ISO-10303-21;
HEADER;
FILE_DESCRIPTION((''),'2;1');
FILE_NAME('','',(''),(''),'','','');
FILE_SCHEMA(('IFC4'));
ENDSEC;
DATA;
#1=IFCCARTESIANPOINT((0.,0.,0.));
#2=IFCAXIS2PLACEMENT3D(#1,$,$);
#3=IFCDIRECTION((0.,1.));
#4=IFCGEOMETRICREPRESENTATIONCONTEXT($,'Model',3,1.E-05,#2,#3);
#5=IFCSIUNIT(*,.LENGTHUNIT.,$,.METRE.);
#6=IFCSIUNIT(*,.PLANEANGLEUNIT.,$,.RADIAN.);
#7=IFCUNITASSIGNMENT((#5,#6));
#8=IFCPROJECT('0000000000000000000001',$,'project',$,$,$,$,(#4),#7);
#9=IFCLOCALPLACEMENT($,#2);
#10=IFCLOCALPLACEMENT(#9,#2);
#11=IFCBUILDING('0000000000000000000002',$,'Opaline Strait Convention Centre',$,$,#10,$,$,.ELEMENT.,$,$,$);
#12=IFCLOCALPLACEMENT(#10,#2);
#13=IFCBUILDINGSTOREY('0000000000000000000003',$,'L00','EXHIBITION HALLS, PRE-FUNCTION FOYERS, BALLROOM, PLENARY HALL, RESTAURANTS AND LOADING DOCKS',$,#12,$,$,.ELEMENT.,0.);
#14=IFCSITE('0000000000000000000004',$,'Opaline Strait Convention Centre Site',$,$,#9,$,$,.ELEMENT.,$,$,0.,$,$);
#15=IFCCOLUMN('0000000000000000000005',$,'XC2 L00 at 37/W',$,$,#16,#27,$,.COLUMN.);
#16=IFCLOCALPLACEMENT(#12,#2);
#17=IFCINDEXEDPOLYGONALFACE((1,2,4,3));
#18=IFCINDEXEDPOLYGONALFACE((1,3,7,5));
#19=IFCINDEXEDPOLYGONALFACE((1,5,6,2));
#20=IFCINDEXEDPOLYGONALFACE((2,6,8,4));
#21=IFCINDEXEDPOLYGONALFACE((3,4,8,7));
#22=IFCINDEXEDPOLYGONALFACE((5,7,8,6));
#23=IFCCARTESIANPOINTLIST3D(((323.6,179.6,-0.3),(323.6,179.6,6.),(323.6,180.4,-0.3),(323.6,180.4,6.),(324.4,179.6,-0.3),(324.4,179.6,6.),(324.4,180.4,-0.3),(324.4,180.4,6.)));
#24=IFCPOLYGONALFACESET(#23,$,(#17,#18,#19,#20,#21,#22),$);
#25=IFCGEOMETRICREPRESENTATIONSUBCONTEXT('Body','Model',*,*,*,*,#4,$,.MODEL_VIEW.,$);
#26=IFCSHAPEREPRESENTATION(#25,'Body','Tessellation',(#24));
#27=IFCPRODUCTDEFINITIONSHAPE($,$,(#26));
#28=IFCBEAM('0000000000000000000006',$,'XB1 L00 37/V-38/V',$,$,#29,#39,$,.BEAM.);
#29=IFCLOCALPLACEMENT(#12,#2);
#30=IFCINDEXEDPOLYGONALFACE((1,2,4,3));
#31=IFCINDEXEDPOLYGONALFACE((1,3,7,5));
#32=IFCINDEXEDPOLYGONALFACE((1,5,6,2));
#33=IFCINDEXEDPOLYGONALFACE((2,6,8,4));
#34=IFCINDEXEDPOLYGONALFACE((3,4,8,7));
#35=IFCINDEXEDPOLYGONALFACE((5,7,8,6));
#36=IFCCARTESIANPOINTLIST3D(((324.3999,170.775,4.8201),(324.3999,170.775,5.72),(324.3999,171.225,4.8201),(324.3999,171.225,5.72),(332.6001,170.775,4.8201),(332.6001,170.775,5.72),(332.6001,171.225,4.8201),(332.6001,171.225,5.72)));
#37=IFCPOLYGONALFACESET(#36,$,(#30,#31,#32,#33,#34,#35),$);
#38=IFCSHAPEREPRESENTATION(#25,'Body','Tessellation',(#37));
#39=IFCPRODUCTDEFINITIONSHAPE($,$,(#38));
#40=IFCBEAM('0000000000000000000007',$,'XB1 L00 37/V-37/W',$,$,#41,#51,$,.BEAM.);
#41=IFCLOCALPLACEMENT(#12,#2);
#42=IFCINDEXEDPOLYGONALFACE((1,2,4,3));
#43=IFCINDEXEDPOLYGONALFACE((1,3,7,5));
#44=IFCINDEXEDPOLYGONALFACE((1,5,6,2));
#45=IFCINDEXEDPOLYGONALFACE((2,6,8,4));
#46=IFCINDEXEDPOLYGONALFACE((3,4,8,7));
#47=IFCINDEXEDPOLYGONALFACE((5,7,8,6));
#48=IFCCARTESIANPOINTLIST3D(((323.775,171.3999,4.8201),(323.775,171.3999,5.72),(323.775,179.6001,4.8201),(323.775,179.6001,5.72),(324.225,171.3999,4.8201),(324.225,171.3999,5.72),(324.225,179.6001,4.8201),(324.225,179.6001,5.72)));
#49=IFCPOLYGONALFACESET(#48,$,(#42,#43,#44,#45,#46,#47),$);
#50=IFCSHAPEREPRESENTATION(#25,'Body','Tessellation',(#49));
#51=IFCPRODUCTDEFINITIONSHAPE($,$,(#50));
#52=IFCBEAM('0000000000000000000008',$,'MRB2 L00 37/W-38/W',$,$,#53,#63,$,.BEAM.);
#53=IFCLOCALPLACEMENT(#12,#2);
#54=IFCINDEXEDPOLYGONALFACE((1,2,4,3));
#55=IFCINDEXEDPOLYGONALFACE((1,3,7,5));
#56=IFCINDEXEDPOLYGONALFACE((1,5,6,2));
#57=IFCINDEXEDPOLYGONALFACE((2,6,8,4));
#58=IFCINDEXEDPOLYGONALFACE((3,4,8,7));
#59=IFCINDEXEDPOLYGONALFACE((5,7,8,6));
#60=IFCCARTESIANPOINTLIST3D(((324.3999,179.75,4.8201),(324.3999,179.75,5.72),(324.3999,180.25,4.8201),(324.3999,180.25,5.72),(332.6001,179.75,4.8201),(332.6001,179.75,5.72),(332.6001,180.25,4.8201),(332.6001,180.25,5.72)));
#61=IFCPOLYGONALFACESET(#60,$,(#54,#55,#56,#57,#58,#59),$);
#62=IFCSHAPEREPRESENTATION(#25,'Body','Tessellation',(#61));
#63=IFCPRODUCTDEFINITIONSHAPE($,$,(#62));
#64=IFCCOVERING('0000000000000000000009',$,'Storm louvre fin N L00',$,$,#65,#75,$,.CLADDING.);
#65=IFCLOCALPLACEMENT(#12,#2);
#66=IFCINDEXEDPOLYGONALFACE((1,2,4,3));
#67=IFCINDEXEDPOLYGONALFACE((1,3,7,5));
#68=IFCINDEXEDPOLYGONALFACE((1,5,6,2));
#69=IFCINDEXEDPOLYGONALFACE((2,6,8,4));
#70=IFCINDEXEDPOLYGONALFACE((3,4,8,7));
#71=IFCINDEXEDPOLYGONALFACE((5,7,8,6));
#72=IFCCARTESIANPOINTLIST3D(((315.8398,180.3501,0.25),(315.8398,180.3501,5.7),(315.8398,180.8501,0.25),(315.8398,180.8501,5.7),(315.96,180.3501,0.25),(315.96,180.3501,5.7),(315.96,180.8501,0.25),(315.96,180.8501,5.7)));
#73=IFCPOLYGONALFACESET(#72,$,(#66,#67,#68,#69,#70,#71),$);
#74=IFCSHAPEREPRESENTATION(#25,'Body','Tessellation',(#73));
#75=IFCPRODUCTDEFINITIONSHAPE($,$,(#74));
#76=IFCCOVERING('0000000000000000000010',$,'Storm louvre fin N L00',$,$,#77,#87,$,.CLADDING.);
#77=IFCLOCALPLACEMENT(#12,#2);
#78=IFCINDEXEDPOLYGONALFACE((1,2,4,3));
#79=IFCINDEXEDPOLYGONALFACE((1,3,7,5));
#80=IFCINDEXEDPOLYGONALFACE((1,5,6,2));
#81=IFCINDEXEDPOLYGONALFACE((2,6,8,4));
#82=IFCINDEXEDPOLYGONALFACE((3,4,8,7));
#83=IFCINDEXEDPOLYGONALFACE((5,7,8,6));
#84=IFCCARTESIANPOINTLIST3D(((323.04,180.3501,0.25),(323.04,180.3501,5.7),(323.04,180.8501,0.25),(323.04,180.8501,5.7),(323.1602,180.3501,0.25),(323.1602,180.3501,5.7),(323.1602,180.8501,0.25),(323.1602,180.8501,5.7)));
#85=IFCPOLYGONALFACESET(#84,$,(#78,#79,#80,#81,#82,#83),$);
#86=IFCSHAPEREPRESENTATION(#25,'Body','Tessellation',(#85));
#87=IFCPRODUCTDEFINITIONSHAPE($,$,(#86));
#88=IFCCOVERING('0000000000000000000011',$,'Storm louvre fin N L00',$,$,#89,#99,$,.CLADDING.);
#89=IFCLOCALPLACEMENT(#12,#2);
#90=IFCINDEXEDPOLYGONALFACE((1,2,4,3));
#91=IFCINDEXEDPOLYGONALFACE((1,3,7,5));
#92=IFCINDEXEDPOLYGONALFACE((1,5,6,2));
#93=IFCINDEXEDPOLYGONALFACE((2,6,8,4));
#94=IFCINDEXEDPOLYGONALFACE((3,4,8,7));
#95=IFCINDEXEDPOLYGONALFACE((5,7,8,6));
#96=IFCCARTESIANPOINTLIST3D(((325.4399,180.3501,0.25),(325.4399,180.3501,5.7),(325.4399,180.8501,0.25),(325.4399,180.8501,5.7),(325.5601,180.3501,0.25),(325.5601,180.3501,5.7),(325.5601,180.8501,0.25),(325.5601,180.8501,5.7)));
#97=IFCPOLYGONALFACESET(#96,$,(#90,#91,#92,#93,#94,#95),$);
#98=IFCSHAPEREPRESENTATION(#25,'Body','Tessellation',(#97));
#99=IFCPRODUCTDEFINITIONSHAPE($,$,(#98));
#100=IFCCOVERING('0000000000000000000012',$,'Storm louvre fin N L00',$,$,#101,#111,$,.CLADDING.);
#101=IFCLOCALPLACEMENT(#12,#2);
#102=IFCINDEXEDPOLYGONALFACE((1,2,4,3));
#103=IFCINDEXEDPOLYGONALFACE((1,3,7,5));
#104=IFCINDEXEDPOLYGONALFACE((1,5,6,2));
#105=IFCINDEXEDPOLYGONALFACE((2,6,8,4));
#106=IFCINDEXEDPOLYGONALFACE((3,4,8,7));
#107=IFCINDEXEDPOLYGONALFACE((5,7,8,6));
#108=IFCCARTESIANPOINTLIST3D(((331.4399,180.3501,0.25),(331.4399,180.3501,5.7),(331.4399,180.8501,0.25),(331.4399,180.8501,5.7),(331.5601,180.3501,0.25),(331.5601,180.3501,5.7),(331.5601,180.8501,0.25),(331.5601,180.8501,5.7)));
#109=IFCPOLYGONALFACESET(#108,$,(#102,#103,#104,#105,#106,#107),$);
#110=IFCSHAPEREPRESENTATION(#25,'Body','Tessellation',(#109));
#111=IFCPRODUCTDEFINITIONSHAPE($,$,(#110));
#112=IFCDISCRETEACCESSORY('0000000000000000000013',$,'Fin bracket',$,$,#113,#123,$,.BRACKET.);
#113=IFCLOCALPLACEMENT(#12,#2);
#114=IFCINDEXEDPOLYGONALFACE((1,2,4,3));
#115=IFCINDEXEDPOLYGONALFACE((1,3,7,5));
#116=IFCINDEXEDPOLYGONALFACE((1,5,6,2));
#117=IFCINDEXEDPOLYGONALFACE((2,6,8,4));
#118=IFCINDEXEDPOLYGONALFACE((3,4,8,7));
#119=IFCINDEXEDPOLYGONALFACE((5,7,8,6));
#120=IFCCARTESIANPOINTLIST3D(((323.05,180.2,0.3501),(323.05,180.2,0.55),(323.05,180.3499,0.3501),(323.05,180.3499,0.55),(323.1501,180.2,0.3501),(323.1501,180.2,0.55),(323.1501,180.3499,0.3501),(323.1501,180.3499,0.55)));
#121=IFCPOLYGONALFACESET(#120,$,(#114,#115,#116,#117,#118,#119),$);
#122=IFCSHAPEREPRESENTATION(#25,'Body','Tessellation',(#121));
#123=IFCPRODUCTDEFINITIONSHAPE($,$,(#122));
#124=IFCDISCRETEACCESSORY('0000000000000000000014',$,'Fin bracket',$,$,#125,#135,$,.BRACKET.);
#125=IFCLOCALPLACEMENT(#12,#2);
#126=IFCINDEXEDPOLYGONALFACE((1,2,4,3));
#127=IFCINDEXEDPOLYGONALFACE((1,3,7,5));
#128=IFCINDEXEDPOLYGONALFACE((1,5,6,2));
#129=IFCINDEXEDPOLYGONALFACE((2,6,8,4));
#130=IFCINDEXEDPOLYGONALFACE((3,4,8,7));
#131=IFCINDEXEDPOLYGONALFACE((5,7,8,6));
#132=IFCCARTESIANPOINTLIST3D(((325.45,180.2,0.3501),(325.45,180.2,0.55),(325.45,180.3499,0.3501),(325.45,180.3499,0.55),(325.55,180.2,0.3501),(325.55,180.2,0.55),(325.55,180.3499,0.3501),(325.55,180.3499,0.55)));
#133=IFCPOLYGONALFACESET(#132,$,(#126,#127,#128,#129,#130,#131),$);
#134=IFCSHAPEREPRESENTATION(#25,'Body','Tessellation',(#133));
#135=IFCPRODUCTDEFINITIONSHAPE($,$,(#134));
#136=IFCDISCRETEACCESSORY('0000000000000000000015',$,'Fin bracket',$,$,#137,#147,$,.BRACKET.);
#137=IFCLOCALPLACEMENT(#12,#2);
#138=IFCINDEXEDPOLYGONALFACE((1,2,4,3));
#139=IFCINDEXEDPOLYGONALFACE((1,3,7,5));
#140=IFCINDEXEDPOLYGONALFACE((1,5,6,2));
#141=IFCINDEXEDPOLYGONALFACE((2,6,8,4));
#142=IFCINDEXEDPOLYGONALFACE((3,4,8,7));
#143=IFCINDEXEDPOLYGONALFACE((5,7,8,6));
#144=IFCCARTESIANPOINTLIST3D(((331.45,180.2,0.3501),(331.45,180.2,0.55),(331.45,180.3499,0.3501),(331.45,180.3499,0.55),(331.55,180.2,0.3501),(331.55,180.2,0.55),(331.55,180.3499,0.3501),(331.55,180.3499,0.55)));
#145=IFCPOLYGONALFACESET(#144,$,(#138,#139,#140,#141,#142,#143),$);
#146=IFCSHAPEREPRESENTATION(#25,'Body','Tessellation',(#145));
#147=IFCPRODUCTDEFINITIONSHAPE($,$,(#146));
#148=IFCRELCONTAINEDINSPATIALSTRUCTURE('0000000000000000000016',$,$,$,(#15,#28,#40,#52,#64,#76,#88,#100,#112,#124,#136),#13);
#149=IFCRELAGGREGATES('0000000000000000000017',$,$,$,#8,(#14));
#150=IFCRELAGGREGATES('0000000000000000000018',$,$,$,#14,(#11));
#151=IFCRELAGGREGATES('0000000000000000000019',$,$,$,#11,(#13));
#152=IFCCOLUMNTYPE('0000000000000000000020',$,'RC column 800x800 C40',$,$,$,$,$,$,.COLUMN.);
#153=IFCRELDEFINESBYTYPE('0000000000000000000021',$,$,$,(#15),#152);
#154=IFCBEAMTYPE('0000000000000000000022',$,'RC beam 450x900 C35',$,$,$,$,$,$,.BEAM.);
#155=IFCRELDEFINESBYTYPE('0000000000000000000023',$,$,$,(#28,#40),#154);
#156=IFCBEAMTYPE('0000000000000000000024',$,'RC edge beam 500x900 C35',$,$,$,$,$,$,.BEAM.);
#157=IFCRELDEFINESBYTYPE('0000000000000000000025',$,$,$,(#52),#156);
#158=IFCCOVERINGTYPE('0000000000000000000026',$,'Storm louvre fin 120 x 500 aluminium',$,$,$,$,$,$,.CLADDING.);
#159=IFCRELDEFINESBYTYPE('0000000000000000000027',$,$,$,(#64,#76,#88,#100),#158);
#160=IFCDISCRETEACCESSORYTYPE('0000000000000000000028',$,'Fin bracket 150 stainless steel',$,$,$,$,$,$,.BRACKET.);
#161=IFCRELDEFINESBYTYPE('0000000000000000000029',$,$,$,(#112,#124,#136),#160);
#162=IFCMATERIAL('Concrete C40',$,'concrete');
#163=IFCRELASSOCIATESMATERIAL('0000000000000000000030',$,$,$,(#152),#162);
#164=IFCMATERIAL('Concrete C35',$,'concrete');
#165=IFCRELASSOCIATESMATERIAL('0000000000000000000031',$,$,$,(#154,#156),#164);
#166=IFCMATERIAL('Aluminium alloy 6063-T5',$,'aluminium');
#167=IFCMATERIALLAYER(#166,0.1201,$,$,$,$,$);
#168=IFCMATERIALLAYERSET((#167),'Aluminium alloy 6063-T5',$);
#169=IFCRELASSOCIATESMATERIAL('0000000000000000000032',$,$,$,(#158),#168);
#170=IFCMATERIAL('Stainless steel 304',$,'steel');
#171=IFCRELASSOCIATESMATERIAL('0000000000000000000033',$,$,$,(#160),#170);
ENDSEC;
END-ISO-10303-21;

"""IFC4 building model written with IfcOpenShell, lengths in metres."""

from ifc_helpers import new_model, si_unit, direction, frame, origin, origin_2d, place, context, subcontext, project, spatial, rectangle, extrude, material, layer, layer_set, material_profile, profile_set, type_object, element, save


model = new_model("IFC4")

# Units and contexts
model_context = context("Model", 3, precision=1e-05, world=origin(), true_north=direction((0.0, 1.0)))
body_context = subcontext(model_context, "Body", "Model", "MODEL_VIEW")
ifc_project = project(units=[si_unit("LENGTHUNIT", "METRE"), si_unit("PLANEANGLEUNIT", "RADIAN")], contexts=[model_context])

# Site, building, storey
site_placement = place(None, origin())
site = spatial("IfcSite", under=ifc_project, at=site_placement, Name="Opaline Strait Convention Centre Site", CompositionType="ELEMENT", RefElevation=0.0)
building_placement = place(site_placement, origin())
building = spatial("IfcBuilding", under=site, at=building_placement, Name="Opaline Strait Convention Centre", CompositionType="ELEMENT")
storey_placement = place(building_placement, origin())
storey = spatial("IfcBuildingStorey", under=building, at=storey_placement, Name="L00", Description="EXHIBITION HALLS, PRE-FUNCTION FOYERS, BALLROOM, PLENARY HALL, RESTAURANTS AND LOADING DOCKS", CompositionType="ELEMENT", Elevation=0.0)

# Shared definitions
ifc_material_1 = material(Name="Concrete C35", Category="concrete")

# Column
ifc_material_2 = material(Name="Concrete C40", Category="concrete")
ifc_material_profile_1 = material_profile(ifc_material_2, rectangle(XDim=0.8, YDim=0.8, at=origin_2d()), Name="RC 800x800")
ifc_profile_set_1 = profile_set([ifc_material_profile_1], Name="Concrete C40")
column_type = type_object("IfcColumnType", Name="RC column 800x800 C40", PredefinedType="COLUMN", material=ifc_profile_set_1)
for number, where, z_axis, x_axis, name in (
    (1, (324.0, 180.0, -0.3), (0.0, 0.0, 1.0), (1.0, 0.0, 0.0), "XC2 L00 at 37/W"),
):
    element("IfcColumn", number, at=place(storey_placement, frame(where, z_axis=z_axis, x_axis=x_axis)), inside=storey, type_object=column_type, Name=name, PredefinedType="COLUMN", context=body_context, shape_type="SweptSolid", body=[
        extrude(rectangle(XDim=0.8, YDim=0.8, at=origin_2d()), origin(), (0.0, 0.0, 1.0), 6.3),
    ])

# Beams
ifc_material_profile_2 = material_profile(ifc_material_1, rectangle(XDim=0.45, YDim=0.8999, at=origin_2d()), Name="RC 450x900")
ifc_profile_set_2 = profile_set([ifc_material_profile_2], Name="Concrete C35")
beam_type_1 = type_object("IfcBeamType", Name="RC beam 450x900 C35", PredefinedType="BEAM", material=ifc_profile_set_2)
for number, where, z_axis, x_axis, name in (
    (2, (324.3999, 171.0, 5.27), (1.0, 0.0, 0.0), (0.0, 1.0, 0.0), "XB1 L00 37/V-38/V"),
    (3, (324.0, 171.3999, 5.27), (0.0, 1.0, 0.0), (-1.0, 0.0, 0.0), "XB1 L00 37/V-37/W"),
):
    element("IfcBeam", number, at=place(storey_placement, frame(where, z_axis=z_axis, x_axis=x_axis)), inside=storey, type_object=beam_type_1, Name=name, PredefinedType="BEAM", context=body_context, shape_type="SweptSolid", body=[
        extrude(rectangle(XDim=0.45, YDim=0.8999, at=origin_2d()), origin(), (0.0, 0.0, 1.0), 8.2002),
    ])
ifc_material_profile_3 = material_profile(ifc_material_1, rectangle(XDim=0.5, YDim=0.8999, at=origin_2d()), Name="RC 500x900")
ifc_profile_set_3 = profile_set([ifc_material_profile_3], Name="Concrete C35")
beam_type_2 = type_object("IfcBeamType", Name="RC edge beam 500x900 C35", PredefinedType="BEAM", material=ifc_profile_set_3)
beam_placement = place(storey_placement, frame((324.3999, 180.0, 5.27), z_axis=(1.0, 0.0, 0.0), x_axis=(0.0, 1.0, 0.0)))
element("IfcBeam", 4, at=beam_placement, inside=storey, type_object=beam_type_2, Name="MRB2 L00 37/W-38/W", PredefinedType="BEAM", context=body_context, shape_type="SweptSolid", body=[
    extrude(rectangle(XDim=0.5, YDim=0.8999, at=origin_2d()), origin(), (0.0, 0.0, 1.0), 8.2002),
])

# Coverings
ifc_material_3 = material(Name="Aluminium alloy 6063-T5", Category="aluminium")
ifc_layer_1 = layer(ifc_material_3, 0.1201)
ifc_layer_set_1 = layer_set([ifc_layer_1], Name="Aluminium alloy 6063-T5")
covering_type = type_object("IfcCoveringType", Name="Storm louvre fin 120 x 500 aluminium", PredefinedType="CLADDING", material=ifc_layer_set_1)
for number, where, z_axis, x_axis, name in (
    (5, (315.8999, 180.6001, 0.25), (0.0, 0.0, 1.0), (1.0, 0.0, 0.0), "Storm louvre fin N L00"),
    (6, (323.1001, 180.6001, 0.25), (0.0, 0.0, 1.0), (1.0, 0.0, 0.0), "Storm louvre fin N L00"),
    (7, (325.5, 180.6001, 0.25), (0.0, 0.0, 1.0), (1.0, 0.0, 0.0), "Storm louvre fin N L00"),
    (8, (331.5, 180.6001, 0.25), (0.0, 0.0, 1.0), (1.0, 0.0, 0.0), "Storm louvre fin N L00"),
):
    element("IfcCovering", number, at=place(storey_placement, frame(where, z_axis=z_axis, x_axis=x_axis)), inside=storey, type_object=covering_type, Name=name, PredefinedType="CLADDING", context=body_context, shape_type="SweptSolid", body=[
        extrude(rectangle(XDim=0.1201, YDim=0.5, at=origin_2d()), origin(), (0.0, 0.0, 1.0), 5.45),
    ])

# Discrete accessories
ifc_material_4 = material(Name="Stainless steel 304", Category="steel")
discrete_accessory_type = type_object("IfcDiscreteAccessoryType", Name="Fin bracket 150 stainless steel", PredefinedType="BRACKET", material=ifc_material_4)
for number, where, z_axis, x_axis, name in (
    (9, (323.1001, 180.2749, 0.3501), (0.0, 0.0, 1.0), (1.0, 0.0, 0.0), "Fin bracket"),
    (10, (325.5, 180.2749, 0.3501), (0.0, 0.0, 1.0), (1.0, 0.0, 0.0), "Fin bracket"),
    (11, (331.5, 180.2749, 0.3501), (0.0, 0.0, 1.0), (1.0, 0.0, 0.0), "Fin bracket"),
):
    element("IfcDiscreteAccessory", number, at=place(storey_placement, frame(where, z_axis=z_axis, x_axis=x_axis)), inside=storey, type_object=discrete_accessory_type, Name=name, PredefinedType="BRACKET", context=body_context, shape_type="SweptSolid", body=[
        extrude(rectangle(XDim=0.1001, YDim=0.1499, at=origin_2d()), origin(), (0.0, 0.0, 1.0), 0.2),
    ])

save(model, "model.ifc")
